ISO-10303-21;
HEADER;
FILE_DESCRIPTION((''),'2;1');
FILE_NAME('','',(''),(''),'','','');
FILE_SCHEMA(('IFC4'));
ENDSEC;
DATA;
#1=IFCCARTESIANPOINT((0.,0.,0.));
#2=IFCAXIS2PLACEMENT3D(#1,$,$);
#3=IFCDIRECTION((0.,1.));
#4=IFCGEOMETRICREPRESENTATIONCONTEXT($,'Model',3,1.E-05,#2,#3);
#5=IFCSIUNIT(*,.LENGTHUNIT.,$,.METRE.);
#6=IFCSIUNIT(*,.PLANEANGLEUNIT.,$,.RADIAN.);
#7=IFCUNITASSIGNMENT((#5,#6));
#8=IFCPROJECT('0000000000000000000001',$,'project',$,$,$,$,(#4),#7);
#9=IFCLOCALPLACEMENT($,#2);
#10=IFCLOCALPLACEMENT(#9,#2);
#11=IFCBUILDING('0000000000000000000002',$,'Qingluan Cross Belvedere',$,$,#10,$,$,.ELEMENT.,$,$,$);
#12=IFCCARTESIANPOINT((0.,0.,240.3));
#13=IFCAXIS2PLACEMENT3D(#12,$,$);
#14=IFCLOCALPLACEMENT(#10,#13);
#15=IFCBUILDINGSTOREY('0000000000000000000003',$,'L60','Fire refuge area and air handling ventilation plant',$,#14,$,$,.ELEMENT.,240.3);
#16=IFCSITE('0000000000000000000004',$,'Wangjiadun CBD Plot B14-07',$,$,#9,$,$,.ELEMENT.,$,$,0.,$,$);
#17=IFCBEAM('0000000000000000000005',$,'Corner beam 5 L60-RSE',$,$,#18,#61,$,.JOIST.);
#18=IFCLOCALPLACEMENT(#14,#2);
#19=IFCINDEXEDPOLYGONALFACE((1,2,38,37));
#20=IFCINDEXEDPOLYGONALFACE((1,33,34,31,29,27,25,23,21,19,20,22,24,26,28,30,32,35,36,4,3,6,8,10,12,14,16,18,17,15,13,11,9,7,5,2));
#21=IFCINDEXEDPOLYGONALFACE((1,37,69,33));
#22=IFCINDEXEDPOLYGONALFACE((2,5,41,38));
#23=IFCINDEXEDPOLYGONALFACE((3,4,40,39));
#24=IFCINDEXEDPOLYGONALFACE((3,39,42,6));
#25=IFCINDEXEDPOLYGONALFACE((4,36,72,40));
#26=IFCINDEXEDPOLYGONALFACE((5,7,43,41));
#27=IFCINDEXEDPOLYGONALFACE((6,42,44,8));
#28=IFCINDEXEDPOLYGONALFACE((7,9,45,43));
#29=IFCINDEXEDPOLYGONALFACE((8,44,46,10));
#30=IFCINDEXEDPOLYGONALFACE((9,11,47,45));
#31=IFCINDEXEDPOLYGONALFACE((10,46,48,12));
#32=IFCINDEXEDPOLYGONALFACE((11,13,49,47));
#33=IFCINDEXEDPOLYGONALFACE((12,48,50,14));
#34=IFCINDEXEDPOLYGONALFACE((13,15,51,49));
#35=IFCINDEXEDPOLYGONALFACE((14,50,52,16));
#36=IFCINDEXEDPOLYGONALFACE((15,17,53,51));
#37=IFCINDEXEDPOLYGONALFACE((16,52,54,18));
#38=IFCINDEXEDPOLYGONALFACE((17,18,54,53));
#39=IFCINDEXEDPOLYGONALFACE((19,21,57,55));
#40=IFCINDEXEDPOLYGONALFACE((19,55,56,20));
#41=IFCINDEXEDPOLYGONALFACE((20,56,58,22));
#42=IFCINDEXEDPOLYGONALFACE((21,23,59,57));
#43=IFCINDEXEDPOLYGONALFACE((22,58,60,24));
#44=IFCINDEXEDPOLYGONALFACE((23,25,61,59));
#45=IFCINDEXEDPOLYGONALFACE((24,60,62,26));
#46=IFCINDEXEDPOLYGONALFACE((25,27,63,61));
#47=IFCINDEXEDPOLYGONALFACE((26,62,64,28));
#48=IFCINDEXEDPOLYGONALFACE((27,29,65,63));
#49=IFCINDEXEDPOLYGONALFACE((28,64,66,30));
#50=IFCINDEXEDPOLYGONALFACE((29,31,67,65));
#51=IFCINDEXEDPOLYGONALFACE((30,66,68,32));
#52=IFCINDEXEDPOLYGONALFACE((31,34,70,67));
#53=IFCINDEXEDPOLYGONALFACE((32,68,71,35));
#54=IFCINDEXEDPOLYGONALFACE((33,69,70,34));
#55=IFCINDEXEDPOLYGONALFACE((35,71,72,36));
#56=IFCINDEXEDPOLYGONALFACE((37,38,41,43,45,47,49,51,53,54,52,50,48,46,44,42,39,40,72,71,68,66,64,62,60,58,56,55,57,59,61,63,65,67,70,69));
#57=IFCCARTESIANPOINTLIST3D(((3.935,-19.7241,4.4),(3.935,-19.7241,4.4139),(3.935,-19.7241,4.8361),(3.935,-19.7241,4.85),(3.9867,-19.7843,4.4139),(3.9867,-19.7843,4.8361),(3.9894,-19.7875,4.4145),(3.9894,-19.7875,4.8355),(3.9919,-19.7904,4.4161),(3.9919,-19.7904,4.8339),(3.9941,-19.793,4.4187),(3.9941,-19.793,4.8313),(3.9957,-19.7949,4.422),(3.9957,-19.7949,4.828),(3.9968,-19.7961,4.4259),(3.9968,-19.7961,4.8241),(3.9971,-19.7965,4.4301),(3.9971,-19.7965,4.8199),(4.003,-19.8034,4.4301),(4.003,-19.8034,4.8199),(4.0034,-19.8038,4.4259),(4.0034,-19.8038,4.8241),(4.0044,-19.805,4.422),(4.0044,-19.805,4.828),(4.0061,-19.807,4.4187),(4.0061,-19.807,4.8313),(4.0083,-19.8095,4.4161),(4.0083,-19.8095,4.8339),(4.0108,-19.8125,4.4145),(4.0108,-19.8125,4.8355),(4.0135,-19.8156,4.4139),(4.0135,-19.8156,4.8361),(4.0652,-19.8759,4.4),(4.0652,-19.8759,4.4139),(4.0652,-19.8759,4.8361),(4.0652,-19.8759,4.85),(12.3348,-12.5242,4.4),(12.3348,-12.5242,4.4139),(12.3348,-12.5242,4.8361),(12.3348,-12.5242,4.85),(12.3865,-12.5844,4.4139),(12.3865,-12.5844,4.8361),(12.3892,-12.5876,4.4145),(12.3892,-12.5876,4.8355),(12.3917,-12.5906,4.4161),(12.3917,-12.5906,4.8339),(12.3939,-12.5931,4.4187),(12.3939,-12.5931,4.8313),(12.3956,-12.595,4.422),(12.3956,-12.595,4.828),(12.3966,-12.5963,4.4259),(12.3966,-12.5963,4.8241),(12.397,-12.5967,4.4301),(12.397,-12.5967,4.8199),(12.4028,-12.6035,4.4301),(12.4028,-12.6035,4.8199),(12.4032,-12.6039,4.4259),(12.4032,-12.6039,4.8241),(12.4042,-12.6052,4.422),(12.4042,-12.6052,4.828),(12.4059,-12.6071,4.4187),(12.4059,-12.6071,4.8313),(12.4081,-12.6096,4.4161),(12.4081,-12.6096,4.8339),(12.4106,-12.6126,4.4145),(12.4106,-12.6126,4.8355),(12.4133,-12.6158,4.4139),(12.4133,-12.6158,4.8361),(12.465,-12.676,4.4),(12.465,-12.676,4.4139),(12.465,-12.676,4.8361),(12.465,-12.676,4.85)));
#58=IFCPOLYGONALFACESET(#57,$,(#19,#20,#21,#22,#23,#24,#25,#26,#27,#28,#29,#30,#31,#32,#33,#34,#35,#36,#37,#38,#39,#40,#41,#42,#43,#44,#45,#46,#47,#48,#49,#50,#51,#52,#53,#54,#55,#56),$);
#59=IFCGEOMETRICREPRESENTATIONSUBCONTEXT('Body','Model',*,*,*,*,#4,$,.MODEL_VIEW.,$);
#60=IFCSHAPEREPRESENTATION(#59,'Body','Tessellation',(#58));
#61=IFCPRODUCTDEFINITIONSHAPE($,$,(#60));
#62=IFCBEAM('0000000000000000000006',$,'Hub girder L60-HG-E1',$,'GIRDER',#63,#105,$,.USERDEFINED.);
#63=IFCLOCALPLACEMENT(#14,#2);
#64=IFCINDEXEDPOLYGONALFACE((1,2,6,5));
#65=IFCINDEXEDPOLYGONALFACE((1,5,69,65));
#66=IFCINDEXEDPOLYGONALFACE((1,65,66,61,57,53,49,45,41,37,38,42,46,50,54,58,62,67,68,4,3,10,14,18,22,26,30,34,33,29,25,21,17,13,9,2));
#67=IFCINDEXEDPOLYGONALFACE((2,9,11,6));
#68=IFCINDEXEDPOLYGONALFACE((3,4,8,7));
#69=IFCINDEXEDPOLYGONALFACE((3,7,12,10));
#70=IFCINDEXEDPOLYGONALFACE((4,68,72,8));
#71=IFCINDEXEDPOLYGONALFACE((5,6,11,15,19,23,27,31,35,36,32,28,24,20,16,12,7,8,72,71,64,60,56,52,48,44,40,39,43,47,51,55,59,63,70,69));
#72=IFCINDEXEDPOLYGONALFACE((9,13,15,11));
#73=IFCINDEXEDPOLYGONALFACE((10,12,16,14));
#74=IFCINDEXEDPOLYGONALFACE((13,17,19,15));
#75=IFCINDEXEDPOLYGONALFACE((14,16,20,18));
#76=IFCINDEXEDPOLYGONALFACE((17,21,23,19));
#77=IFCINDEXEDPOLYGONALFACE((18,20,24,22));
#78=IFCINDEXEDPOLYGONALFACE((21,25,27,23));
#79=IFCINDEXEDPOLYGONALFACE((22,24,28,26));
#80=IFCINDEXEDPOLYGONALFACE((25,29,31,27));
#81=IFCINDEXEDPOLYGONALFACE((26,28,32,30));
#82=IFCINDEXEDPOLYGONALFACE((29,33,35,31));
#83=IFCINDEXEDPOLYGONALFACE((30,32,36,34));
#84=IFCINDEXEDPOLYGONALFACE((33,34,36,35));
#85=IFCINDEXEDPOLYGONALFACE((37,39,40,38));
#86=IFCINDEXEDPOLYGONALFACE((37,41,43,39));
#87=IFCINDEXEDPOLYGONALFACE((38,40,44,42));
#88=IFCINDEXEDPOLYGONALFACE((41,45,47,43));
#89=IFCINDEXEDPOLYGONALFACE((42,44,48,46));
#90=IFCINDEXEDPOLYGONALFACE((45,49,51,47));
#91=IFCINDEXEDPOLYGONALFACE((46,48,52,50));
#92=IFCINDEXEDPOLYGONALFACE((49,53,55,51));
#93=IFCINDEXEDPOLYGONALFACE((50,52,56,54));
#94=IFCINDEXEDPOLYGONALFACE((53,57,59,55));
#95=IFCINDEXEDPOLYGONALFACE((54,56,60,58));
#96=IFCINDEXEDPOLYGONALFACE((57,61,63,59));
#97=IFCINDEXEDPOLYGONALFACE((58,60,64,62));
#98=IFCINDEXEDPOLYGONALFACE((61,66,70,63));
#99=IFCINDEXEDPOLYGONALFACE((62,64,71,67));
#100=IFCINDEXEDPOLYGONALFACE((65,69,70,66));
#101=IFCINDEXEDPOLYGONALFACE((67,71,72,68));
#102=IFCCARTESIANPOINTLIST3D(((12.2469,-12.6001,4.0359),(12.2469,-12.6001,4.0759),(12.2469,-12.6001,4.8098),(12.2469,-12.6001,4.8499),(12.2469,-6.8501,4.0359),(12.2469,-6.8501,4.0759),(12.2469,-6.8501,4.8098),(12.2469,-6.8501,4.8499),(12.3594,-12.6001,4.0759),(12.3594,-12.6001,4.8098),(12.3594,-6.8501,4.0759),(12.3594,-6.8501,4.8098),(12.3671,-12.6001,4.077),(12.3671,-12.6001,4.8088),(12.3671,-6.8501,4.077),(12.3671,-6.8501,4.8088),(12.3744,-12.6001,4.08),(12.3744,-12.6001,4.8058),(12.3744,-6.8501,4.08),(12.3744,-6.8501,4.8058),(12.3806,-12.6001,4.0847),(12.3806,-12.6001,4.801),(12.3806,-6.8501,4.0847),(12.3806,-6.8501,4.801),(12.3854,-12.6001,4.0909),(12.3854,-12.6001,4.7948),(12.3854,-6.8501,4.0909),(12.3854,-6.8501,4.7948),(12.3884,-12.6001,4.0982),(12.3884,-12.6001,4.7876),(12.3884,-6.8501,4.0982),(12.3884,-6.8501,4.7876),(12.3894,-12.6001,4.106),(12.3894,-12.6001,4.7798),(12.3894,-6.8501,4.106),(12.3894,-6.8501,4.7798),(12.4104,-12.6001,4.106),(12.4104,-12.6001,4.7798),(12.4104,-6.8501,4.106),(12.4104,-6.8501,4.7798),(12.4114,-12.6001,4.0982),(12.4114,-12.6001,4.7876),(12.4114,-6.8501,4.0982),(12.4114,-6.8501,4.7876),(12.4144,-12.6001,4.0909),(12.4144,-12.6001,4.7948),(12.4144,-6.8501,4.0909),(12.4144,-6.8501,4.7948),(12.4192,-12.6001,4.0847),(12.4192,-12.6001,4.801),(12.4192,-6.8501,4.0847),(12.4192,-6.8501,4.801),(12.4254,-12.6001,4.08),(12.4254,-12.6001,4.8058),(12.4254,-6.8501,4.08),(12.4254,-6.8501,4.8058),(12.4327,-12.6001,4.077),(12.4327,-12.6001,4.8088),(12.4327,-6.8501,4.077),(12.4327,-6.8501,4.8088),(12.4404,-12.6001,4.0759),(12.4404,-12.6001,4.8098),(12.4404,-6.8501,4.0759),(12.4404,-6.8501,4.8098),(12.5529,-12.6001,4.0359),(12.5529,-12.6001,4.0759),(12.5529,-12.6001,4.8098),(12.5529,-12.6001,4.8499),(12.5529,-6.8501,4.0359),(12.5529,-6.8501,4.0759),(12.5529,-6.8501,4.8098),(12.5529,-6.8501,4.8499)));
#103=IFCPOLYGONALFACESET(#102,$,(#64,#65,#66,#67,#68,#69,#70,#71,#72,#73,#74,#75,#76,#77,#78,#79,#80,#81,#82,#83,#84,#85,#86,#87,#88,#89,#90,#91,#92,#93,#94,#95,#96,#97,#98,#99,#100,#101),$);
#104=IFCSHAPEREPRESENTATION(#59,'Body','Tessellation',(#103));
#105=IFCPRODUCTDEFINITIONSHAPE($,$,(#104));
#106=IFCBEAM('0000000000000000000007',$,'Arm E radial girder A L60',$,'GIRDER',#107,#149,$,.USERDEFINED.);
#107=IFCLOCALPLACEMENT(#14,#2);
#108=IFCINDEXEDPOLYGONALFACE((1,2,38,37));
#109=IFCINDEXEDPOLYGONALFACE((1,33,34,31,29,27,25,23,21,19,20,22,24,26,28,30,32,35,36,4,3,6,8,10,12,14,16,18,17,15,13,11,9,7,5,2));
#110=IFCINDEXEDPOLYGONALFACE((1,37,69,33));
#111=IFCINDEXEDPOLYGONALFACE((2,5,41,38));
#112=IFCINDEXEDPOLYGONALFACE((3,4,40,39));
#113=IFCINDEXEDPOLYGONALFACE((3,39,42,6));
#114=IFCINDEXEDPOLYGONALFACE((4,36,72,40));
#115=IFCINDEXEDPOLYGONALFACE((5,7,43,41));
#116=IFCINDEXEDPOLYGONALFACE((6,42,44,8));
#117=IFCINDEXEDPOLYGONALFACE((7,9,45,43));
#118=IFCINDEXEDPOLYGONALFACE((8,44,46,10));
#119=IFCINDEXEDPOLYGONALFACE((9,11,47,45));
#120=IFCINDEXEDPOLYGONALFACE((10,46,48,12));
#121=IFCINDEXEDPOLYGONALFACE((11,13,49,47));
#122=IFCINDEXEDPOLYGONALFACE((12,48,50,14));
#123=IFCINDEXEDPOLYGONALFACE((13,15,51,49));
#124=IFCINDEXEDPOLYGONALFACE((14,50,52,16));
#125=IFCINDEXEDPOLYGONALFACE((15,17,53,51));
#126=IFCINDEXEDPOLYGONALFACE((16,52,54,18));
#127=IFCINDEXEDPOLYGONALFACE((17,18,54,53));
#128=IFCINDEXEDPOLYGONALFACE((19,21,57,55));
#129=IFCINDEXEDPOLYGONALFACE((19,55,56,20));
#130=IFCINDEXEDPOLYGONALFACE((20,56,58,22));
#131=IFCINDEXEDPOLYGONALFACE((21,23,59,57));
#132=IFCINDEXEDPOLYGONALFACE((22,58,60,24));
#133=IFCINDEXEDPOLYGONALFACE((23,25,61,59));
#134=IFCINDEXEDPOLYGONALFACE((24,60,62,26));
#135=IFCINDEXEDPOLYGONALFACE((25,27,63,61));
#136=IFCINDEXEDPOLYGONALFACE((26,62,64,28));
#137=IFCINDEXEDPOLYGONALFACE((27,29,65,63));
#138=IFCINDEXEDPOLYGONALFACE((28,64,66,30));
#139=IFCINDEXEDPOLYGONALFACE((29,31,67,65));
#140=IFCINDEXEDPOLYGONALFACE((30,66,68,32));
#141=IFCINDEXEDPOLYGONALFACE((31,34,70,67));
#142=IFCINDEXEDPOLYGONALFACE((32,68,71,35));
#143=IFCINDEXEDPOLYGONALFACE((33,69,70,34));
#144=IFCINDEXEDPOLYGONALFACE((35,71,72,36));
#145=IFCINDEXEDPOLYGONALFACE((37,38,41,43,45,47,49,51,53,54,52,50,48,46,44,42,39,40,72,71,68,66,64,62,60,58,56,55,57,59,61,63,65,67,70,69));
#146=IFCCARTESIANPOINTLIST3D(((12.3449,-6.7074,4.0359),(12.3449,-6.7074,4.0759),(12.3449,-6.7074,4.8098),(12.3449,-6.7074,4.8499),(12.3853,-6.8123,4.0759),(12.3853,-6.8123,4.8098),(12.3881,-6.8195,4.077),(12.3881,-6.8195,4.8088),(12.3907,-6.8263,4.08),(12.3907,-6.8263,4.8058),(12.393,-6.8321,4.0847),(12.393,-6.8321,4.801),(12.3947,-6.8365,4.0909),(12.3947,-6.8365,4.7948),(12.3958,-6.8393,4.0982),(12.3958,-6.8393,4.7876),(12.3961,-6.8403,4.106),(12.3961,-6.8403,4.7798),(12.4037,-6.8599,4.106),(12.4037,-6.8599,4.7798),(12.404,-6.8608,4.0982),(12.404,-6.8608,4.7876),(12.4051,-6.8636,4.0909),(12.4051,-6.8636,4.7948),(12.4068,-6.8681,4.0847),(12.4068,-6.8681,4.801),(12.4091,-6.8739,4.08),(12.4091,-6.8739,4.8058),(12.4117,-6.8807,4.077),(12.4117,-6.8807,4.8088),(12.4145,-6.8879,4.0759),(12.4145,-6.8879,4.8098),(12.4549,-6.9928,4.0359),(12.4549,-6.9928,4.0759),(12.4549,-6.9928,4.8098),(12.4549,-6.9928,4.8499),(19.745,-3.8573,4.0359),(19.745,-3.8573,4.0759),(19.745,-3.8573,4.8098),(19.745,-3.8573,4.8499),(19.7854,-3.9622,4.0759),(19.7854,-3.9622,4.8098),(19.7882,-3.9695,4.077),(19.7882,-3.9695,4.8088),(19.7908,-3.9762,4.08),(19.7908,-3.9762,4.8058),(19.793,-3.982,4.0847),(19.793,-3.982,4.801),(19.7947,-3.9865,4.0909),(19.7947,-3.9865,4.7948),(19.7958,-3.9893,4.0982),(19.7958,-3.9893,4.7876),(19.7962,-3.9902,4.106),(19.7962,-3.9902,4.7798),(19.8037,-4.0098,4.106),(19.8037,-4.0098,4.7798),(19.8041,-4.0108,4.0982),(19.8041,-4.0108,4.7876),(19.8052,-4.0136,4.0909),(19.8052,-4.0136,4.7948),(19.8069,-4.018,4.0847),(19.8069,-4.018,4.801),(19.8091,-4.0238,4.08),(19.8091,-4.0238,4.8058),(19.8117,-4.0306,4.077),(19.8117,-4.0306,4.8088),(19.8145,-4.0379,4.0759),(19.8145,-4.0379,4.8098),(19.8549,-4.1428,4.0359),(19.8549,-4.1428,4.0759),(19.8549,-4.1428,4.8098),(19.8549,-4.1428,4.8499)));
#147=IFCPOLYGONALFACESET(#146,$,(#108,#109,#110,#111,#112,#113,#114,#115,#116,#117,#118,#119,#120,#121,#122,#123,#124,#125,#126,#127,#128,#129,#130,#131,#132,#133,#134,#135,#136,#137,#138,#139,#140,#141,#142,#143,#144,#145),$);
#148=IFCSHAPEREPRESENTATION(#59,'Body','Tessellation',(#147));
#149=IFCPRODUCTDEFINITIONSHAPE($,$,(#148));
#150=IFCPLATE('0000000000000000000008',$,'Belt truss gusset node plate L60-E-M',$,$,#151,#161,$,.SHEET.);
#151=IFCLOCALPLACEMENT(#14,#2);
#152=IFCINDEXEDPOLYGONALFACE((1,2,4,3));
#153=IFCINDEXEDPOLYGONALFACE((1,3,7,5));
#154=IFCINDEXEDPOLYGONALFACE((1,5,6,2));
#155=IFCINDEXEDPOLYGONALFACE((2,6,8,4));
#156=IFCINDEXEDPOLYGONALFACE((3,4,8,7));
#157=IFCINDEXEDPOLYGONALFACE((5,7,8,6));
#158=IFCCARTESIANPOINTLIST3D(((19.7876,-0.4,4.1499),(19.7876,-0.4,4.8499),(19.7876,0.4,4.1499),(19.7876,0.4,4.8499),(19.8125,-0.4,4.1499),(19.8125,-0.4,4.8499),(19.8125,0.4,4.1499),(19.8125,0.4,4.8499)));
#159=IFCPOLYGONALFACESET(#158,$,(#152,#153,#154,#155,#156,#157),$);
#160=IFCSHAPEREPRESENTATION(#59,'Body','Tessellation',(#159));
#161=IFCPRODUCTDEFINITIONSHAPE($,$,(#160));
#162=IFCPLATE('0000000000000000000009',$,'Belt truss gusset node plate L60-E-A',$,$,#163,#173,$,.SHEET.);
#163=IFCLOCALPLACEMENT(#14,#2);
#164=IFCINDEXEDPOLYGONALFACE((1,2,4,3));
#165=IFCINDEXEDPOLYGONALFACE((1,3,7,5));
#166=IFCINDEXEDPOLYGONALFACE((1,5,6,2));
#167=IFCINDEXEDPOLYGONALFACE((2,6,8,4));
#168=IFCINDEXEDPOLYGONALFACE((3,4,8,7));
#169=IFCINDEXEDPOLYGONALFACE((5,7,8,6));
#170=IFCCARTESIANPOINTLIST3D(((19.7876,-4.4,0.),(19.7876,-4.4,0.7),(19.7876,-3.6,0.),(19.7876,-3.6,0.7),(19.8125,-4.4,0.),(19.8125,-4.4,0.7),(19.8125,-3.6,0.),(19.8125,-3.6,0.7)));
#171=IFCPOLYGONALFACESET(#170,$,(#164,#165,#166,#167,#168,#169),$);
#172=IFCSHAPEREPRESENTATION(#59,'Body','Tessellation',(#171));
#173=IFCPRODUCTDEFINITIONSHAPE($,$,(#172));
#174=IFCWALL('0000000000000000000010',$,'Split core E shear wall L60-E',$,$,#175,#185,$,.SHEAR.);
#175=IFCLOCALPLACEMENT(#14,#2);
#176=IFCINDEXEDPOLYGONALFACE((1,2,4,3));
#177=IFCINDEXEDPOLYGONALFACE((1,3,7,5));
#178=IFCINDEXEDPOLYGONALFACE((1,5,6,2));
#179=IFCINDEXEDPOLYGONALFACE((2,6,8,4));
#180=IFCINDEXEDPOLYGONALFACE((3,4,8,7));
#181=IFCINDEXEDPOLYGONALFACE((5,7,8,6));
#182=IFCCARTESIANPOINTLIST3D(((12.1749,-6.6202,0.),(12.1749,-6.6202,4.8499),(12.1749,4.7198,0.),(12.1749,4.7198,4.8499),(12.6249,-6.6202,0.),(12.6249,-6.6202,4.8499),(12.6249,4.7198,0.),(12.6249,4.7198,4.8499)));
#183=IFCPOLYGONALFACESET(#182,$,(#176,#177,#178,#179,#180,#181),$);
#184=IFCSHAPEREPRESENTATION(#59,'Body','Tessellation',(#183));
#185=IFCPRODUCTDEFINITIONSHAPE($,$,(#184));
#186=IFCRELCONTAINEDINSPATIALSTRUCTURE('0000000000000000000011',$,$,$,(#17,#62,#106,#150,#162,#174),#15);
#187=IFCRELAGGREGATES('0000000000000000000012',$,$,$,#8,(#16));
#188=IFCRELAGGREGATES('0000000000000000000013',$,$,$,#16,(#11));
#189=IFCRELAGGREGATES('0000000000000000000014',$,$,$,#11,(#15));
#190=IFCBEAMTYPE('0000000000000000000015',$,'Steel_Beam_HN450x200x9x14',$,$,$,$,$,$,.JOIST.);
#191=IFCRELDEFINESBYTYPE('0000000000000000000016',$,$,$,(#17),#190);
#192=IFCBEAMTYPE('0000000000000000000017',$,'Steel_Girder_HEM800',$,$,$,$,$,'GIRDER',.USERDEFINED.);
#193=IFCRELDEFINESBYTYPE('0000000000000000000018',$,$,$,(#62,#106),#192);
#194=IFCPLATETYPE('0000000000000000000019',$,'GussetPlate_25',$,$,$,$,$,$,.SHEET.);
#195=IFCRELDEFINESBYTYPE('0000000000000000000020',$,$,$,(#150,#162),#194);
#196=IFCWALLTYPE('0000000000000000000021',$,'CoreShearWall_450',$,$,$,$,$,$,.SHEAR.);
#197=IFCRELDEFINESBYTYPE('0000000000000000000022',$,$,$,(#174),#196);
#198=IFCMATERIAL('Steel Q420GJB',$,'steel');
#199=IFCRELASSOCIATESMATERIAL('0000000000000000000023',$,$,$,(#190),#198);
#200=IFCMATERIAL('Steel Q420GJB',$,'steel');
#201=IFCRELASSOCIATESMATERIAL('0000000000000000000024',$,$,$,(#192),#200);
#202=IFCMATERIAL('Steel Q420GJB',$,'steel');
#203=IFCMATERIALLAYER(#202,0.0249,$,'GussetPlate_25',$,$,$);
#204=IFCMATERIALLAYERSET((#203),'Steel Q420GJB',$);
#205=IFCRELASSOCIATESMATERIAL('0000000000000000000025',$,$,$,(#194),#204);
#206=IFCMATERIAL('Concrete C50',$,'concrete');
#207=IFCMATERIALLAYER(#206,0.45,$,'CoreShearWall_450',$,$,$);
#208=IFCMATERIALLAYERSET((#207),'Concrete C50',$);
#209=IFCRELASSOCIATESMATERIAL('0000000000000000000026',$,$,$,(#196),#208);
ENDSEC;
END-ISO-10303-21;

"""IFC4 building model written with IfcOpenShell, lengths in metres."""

from ifc_helpers import new_model, si_unit, direction, frame, frame_2d, origin, origin_2d, place, context, subcontext, project, spatial, rectangle, i_section, extrude, material, layer, layer_set, material_profile, profile_set, type_object, element, save


model = new_model("IFC4")

# Units and contexts
model_context = context("Model", 3, precision=1e-05, world=origin(), true_north=direction((0.0, 1.0)))
body_context = subcontext(model_context, "Body", "Model", "MODEL_VIEW")
ifc_project = project(units=[si_unit("LENGTHUNIT", "METRE"), si_unit("PLANEANGLEUNIT", "RADIAN")], contexts=[model_context])

# Site, building, storey
site_placement = place(None, origin())
site = spatial("IfcSite", under=ifc_project, at=site_placement, Name="Wangjiadun CBD Plot B14-07", CompositionType="ELEMENT", RefElevation=0.0)
building_placement = place(site_placement, origin())
building = spatial("IfcBuilding", under=site, at=building_placement, Name="Qingluan Cross Belvedere", CompositionType="ELEMENT")
storey_placement = place(building_placement, frame((0.0, 0.0, 240.3)))
storey = spatial("IfcBuildingStorey", under=building, at=storey_placement, Name="L60", Description="Fire refuge area and air handling ventilation plant", CompositionType="ELEMENT", Elevation=240.3)

# Beams
ifc_material_1 = material(Name="Steel Q420GJB", Category="steel")
ifc_material_profile_1 = material_profile(ifc_material_1, i_section(OverallWidth=0.2, OverallDepth=0.45, WebThickness=0.009, FlangeThickness=0.0139, FilletRadius=0.0161, at=origin_2d()), Name="HN450x200x9x14")
ifc_profile_set_1 = profile_set([ifc_material_profile_1], Name="Steel Q420GJB")
beam_type_1 = type_object("IfcBeamType", Name="Steel_Beam_HN450x200x9x14", PredefinedType="JOIST", material=ifc_profile_set_1)
beam_1_placement = place(storey_placement, frame((12.3999, -12.6001, 4.625), z_axis=(-0.759255, -0.650793, 0.0), x_axis=(0.650793, -0.759255, 0.0)))
element("IfcBeam", 1, at=beam_1_placement, inside=storey, type_object=beam_type_1, Name="Corner beam 5 L60-RSE", PredefinedType="JOIST", context=body_context, shape_type="SweptSolid", body=[
    extrude(i_section(OverallWidth=0.2, OverallDepth=0.45, WebThickness=0.009, FlangeThickness=0.0139, FilletRadius=0.0161, at=origin_2d()), origin(), (0.0, 0.0, 1.0), 11.0632),
])
ifc_material_2 = material(Name="Steel Q420GJB", Category="steel")
ifc_material_profile_2 = material_profile(ifc_material_2, i_section(OverallWidth=0.3059, OverallDepth=0.814, WebThickness=0.021, FlangeThickness=0.04, FilletRadius=0.03, at=origin_2d()), Name="HEM800")
ifc_profile_set_2 = profile_set([ifc_material_profile_2], Name="Steel Q420GJB")
beam_type_2 = type_object("IfcBeamType", Name="Steel_Girder_HEM800", ElementType="GIRDER", PredefinedType="USERDEFINED", material=ifc_profile_set_2)
beam_2_placement = place(storey_placement, frame((12.3999, -12.6001, 4.4429), z_axis=(0.0, 1.0, 0.0), x_axis=(-1.0, 0.0, 0.0)))
element("IfcBeam", 2, at=beam_2_placement, inside=storey, type_object=beam_type_2, Name="Hub girder L60-HG-E1", ObjectType="GIRDER", PredefinedType="USERDEFINED", context=body_context, shape_type="SweptSolid", body=[
    extrude(i_section(OverallWidth=0.3059, OverallDepth=0.814, WebThickness=0.021, FlangeThickness=0.04, FilletRadius=0.03, at=origin_2d()), origin(), (0.0, 0.0, 1.0), 5.75),
])
beam_3_placement = place(storey_placement, frame((12.3999, -6.8501, 4.4429), z_axis=(0.933181, 0.359406, 0.0), x_axis=(-0.359406, 0.933181, 0.0)))
element("IfcBeam", 3, at=beam_3_placement, inside=storey, type_object=beam_type_2, Name="Arm E radial girder A L60", ObjectType="GIRDER", PredefinedType="USERDEFINED", context=body_context, shape_type="SweptSolid", body=[
    extrude(i_section(OverallWidth=0.3059, OverallDepth=0.814, WebThickness=0.021, FlangeThickness=0.04, FilletRadius=0.03, at=origin_2d()), origin(), (0.0, 0.0, 1.0), 7.9299),
])

# Plates
ifc_material_3 = material(Name="Steel Q420GJB", Category="steel")
ifc_layer_1 = layer(ifc_material_3, 0.0249, Name="GussetPlate_25")
ifc_layer_set_1 = layer_set([ifc_layer_1], Name="Steel Q420GJB")
plate_type = type_object("IfcPlateType", Name="GussetPlate_25", PredefinedType="SHEET", material=ifc_layer_set_1)
for number, where, z_axis, x_axis, name in (
    (4, (19.8, 0.0, 4.1499), (0.0, 0.0, 1.0), (0.0, 1.0, 0.0), "Belt truss gusset node plate L60-E-M"),
    (5, (19.8, -4.0, 0.0), (0.0, 0.0, 1.0), (0.0, 1.0, 0.0), "Belt truss gusset node plate L60-E-A"),
):
    element("IfcPlate", number, at=place(storey_placement, frame(where, z_axis=z_axis, x_axis=x_axis)), inside=storey, type_object=plate_type, Name=name, PredefinedType="SHEET", context=body_context, shape_type="SweptSolid", body=[
        extrude(rectangle(XDim=0.8, YDim=0.0249, at=origin_2d()), origin(), (0.0, 0.0, 1.0), 0.7),
    ])

# Wall
ifc_material_4 = material(Name="Concrete C50", Category="concrete")
ifc_layer_2 = layer(ifc_material_4, 0.45, Name="CoreShearWall_450")
ifc_layer_set_2 = layer_set([ifc_layer_2], Name="Concrete C50")
wall_type_1 = type_object("IfcWallType", Name="CoreShearWall_450", PredefinedType="SHEAR", material=ifc_layer_set_2)
wall_1_placement = place(storey_placement, frame((12.3999, -6.6201, 0.0), z_axis=(0.0, 0.0, 1.0), x_axis=(0.0, 1.0, 0.0)))
element("IfcWall", 6, at=wall_1_placement, inside=storey, type_object=wall_type_1, Name="Split core E shear wall L60-E", PredefinedType="SHEAR", context=body_context, shape_type="SweptSolid", body=[
    extrude(rectangle(XDim=11.3401, YDim=0.45, at=frame_2d((5.6699, 0.0))), origin(), (0.0, 0.0, 1.0), 4.8499),
])

save(model, "model.ifc")
